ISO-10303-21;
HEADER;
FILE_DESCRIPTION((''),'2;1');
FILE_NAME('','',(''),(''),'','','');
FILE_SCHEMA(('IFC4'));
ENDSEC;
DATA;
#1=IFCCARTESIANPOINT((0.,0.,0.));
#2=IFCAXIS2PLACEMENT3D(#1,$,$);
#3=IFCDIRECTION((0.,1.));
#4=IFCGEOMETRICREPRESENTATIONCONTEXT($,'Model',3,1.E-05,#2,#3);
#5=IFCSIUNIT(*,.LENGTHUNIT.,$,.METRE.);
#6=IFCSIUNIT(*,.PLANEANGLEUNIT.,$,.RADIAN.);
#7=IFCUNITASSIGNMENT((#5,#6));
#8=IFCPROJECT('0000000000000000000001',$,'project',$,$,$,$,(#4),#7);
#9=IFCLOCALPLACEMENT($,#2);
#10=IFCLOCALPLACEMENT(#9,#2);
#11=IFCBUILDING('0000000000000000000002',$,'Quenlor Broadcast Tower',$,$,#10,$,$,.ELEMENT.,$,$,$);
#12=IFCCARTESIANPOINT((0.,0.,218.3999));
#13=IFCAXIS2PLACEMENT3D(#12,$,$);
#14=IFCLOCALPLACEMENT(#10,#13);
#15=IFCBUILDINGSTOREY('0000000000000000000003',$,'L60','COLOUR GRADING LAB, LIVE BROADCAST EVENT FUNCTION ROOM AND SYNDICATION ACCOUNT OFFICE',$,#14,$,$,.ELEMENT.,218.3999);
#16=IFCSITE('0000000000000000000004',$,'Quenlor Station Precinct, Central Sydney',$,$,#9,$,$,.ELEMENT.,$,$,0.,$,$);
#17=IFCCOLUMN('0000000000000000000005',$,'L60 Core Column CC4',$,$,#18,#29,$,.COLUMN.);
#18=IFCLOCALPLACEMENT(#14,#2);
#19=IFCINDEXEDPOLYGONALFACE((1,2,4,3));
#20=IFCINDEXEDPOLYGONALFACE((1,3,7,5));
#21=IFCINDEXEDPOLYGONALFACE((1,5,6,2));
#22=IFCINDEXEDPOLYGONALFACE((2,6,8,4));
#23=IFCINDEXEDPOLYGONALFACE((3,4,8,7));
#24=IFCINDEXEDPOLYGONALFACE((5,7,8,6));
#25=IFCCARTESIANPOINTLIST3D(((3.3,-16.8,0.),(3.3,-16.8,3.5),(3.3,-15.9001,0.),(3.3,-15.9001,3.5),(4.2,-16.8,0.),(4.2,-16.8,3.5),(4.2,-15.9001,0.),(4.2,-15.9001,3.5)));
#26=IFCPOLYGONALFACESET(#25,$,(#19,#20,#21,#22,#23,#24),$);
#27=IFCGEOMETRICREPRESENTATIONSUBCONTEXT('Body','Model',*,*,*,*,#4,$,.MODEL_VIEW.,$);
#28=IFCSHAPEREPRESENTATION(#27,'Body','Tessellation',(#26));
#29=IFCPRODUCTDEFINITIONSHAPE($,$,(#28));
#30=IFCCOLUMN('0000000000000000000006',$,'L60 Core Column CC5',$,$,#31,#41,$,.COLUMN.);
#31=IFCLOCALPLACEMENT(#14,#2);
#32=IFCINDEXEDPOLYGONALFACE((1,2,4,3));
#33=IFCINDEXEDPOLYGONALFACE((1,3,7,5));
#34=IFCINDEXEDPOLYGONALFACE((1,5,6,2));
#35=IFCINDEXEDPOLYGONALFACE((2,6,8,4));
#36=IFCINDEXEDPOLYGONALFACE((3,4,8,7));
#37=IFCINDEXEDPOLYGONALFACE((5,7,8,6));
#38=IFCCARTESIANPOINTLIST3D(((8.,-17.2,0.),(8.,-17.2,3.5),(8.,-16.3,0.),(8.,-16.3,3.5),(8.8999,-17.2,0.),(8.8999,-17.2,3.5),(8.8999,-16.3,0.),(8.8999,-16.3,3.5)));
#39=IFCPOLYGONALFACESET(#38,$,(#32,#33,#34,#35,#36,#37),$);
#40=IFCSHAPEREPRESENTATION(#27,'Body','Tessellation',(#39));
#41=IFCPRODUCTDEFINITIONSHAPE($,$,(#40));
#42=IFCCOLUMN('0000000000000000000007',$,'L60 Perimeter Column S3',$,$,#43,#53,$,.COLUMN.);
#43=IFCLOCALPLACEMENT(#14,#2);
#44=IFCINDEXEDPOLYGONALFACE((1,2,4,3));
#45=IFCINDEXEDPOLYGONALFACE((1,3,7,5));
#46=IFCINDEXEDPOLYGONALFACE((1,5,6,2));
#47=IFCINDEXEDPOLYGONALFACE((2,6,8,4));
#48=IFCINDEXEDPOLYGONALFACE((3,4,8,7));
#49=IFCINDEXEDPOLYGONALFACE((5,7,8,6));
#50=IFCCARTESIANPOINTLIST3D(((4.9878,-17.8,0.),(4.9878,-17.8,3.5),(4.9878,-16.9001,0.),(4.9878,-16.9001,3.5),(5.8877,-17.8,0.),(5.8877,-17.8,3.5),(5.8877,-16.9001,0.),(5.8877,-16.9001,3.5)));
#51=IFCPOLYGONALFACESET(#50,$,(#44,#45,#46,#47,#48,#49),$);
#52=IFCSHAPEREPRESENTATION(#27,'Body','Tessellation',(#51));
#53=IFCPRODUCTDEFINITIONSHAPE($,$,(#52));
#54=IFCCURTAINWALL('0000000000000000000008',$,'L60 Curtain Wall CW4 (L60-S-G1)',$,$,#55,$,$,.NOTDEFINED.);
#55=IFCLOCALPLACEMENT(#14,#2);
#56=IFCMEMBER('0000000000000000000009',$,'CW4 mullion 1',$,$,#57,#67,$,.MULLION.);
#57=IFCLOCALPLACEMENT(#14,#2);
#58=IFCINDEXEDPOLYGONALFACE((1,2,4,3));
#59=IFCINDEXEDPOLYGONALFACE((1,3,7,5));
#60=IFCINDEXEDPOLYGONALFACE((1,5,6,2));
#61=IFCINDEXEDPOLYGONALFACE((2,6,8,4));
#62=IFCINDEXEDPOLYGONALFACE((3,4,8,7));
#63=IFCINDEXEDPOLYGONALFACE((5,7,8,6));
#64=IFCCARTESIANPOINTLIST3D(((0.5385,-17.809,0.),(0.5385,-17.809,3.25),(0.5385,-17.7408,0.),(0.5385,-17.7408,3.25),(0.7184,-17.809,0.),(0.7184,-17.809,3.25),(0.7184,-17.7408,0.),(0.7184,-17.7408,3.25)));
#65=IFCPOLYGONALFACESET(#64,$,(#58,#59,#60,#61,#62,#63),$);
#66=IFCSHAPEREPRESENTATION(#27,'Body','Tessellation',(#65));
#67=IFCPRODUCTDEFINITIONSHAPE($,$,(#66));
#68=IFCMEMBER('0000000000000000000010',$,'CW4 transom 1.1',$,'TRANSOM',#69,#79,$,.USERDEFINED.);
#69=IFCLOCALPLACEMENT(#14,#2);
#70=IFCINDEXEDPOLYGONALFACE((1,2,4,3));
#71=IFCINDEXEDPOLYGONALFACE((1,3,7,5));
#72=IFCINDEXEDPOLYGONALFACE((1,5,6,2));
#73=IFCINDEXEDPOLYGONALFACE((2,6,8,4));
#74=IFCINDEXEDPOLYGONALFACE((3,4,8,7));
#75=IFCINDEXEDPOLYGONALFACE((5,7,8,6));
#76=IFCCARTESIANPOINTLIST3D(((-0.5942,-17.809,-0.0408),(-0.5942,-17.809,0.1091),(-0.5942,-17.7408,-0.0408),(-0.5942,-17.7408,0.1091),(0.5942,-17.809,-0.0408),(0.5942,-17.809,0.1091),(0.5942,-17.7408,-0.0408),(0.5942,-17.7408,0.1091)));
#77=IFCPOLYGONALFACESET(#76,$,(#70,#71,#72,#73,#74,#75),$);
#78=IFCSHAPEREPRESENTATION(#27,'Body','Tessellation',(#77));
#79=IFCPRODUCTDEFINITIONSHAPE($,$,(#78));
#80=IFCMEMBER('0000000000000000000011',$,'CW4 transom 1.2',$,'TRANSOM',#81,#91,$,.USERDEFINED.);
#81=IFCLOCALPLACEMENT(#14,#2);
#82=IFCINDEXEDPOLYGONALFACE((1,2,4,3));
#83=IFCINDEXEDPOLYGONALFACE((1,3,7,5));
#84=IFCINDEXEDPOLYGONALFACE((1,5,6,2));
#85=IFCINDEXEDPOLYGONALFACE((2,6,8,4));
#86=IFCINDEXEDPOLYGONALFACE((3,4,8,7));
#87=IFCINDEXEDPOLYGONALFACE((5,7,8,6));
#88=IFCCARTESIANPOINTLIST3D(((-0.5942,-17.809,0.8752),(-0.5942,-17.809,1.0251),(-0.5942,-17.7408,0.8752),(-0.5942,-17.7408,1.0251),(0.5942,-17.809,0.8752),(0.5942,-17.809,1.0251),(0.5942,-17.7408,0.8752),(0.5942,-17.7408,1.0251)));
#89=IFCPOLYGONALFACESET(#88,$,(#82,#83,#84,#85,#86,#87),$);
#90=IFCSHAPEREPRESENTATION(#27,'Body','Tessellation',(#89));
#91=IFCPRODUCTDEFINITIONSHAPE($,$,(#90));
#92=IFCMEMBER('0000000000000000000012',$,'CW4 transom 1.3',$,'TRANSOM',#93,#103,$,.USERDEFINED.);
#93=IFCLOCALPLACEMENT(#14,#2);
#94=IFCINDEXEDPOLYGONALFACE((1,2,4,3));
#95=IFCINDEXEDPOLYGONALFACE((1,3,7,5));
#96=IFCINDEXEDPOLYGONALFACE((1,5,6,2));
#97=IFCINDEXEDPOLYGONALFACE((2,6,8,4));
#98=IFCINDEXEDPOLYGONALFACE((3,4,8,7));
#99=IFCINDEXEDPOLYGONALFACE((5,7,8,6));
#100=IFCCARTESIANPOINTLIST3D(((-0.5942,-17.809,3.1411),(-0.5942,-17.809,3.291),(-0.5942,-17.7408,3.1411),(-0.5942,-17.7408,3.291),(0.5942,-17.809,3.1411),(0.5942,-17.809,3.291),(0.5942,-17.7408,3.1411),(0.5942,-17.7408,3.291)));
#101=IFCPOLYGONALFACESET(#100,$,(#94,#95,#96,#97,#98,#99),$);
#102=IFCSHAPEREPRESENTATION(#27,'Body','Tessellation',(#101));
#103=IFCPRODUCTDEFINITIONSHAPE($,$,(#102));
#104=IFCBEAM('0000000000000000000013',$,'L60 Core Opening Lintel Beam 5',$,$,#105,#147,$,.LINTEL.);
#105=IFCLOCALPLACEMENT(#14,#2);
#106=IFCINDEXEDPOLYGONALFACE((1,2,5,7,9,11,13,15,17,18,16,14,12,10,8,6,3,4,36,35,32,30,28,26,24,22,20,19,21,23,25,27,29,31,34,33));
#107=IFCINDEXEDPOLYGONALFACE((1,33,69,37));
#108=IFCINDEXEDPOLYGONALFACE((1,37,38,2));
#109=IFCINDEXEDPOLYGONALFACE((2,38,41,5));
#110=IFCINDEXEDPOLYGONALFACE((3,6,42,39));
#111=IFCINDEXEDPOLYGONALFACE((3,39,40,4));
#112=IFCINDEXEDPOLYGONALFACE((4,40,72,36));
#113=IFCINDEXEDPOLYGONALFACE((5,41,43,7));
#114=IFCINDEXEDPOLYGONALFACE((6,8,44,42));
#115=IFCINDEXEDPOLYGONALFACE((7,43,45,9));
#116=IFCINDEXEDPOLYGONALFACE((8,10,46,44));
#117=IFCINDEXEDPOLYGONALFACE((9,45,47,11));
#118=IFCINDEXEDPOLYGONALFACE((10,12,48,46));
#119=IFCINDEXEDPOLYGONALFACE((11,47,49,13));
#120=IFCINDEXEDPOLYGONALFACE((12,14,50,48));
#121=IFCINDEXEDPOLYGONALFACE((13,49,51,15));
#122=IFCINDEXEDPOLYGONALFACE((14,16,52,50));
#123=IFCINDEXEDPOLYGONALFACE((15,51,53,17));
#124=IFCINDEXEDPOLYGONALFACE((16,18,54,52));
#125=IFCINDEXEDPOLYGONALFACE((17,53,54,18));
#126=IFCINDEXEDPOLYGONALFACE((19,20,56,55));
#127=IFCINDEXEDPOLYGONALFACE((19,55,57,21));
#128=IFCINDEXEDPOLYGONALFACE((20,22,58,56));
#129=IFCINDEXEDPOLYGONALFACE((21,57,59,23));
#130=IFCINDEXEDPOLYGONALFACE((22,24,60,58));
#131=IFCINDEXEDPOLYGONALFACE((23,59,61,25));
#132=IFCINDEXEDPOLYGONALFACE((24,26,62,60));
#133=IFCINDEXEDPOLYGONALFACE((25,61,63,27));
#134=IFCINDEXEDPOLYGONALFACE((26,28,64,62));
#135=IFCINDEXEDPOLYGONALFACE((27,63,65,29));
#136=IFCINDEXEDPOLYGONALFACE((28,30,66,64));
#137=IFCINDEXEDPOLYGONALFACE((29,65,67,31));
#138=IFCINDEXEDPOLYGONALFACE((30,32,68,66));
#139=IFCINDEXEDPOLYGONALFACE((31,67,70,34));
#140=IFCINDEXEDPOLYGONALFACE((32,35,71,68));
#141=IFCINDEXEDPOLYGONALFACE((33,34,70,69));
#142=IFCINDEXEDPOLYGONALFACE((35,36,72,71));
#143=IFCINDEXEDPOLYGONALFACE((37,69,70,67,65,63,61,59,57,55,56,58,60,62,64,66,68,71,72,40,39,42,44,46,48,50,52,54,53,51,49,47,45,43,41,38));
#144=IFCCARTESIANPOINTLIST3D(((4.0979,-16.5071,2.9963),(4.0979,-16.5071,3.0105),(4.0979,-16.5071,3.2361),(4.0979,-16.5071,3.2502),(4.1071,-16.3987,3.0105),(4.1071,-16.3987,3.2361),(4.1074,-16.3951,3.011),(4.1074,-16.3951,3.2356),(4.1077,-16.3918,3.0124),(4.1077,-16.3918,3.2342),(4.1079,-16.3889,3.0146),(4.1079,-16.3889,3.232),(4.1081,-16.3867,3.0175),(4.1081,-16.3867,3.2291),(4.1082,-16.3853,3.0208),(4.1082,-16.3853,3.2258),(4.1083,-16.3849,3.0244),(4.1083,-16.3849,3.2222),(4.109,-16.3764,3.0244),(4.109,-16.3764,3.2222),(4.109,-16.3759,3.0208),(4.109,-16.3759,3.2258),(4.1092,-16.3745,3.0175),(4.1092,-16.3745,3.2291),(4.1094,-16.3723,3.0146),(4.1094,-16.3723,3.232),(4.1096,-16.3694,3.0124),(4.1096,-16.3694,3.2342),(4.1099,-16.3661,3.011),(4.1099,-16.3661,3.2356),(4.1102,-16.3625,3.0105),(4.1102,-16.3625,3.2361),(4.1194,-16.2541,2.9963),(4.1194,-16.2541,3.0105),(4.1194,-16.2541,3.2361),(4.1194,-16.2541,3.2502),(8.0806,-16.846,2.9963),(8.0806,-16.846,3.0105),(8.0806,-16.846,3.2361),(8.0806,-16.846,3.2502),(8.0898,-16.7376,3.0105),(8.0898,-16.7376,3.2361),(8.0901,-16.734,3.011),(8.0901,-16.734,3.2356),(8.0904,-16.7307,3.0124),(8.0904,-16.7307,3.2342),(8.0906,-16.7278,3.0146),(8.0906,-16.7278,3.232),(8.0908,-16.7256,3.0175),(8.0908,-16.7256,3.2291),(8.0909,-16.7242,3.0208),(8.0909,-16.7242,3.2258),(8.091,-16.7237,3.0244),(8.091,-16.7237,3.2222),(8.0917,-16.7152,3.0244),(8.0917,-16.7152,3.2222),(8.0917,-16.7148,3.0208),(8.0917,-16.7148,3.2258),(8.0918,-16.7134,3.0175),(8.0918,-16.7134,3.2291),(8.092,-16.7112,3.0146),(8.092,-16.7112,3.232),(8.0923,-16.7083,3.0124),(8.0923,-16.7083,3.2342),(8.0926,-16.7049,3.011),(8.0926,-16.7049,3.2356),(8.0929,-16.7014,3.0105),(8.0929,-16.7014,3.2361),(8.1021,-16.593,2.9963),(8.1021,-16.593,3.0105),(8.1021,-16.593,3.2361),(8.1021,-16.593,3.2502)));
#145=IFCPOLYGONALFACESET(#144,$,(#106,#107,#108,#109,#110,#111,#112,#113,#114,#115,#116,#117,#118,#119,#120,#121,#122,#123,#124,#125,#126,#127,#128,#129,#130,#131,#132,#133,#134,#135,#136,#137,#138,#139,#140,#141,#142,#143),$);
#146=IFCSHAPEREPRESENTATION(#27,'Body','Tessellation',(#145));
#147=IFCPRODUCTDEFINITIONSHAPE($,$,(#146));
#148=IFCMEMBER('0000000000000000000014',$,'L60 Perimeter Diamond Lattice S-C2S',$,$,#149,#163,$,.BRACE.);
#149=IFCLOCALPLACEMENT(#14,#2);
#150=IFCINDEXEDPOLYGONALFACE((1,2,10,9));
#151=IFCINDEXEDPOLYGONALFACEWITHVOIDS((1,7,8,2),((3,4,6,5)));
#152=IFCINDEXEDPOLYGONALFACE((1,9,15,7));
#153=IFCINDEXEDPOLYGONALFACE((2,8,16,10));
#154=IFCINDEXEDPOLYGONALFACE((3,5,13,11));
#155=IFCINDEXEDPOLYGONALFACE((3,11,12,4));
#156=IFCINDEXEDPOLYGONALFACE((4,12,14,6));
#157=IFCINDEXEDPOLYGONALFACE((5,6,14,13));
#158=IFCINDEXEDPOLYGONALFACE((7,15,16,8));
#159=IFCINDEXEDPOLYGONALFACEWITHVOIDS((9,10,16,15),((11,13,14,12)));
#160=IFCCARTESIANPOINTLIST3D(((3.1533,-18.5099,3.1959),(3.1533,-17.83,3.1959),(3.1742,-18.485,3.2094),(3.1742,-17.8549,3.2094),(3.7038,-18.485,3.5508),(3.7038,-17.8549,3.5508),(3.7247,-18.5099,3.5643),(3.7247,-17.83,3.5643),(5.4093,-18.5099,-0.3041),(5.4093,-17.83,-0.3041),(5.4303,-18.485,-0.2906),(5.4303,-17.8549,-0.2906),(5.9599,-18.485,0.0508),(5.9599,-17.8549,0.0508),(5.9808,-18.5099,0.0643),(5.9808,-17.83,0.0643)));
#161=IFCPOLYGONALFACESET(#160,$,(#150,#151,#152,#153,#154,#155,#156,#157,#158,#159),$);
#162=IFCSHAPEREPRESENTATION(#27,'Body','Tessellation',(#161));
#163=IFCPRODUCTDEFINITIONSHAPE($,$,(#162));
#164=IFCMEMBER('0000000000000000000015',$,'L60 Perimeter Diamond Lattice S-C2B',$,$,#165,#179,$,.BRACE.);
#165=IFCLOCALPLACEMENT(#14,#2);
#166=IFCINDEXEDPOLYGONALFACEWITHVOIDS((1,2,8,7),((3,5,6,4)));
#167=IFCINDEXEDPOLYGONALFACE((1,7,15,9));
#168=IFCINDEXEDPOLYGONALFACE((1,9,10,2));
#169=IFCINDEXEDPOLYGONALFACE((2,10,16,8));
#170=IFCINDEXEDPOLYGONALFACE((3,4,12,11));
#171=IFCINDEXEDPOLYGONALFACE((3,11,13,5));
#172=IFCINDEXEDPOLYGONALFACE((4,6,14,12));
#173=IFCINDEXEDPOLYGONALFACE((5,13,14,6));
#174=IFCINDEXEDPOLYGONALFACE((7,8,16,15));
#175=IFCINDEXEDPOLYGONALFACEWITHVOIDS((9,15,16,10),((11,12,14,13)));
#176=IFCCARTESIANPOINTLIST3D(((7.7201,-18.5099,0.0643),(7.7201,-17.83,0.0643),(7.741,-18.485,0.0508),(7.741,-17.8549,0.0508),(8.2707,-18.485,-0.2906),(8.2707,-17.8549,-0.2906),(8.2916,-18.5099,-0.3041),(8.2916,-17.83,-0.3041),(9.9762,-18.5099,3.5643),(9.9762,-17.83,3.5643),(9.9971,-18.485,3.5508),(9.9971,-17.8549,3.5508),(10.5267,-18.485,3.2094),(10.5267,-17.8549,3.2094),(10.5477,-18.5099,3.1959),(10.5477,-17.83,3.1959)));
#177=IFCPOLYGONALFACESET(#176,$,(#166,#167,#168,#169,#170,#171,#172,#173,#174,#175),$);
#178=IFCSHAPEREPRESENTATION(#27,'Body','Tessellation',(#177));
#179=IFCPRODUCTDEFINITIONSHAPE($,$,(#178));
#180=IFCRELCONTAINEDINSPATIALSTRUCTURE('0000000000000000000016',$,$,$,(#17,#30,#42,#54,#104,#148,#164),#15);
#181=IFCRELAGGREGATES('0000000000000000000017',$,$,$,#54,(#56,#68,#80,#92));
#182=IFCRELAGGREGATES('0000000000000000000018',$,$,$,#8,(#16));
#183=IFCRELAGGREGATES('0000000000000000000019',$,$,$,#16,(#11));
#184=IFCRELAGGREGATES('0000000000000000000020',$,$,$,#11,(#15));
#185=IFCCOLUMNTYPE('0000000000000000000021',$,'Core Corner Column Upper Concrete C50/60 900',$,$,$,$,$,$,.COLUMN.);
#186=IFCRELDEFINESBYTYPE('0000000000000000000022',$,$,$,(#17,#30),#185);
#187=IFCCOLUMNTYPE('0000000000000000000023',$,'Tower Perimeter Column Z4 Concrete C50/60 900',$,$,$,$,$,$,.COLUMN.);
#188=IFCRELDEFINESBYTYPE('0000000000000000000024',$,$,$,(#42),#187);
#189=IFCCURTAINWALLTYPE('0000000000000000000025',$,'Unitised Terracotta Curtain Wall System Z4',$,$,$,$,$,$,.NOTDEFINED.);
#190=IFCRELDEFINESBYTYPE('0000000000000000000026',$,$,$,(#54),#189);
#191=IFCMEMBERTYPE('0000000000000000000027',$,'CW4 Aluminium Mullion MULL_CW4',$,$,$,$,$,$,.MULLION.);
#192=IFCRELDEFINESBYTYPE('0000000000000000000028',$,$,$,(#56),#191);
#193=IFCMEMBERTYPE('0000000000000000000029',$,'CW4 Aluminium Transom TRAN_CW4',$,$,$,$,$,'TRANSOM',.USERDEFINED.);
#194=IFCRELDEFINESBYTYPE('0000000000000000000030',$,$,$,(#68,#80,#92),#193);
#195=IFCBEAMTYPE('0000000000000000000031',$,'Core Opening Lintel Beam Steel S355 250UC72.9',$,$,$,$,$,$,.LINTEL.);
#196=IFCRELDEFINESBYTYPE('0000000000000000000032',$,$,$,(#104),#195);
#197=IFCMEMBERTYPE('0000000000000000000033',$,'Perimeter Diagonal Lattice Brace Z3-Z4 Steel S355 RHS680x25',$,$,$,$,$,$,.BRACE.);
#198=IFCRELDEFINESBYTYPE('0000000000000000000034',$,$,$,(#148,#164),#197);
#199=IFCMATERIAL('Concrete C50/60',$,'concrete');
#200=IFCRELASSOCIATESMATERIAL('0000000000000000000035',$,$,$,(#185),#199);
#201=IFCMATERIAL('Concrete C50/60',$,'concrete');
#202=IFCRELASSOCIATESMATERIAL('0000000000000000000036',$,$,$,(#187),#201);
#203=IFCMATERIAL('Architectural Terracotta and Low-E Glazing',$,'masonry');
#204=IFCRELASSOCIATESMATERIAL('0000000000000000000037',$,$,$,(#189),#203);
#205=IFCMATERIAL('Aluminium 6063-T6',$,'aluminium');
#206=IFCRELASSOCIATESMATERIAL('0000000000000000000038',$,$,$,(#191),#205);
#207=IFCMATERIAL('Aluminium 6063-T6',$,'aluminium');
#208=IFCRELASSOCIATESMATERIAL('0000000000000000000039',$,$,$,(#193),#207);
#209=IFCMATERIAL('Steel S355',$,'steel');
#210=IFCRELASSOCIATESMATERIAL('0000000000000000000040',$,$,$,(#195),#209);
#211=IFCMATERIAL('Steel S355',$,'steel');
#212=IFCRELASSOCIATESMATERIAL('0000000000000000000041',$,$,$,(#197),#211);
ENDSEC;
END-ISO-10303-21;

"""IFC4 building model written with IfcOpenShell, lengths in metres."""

from ifc_helpers import new_model, si_unit, direction, frame, origin, origin_2d, place, context, subcontext, project, spatial, rectangle, hollow_rectangle, i_section, extrude, material, material_profile, profile_set, type_object, element, aggregate, save


model = new_model("IFC4")

# Units and contexts
model_context = context("Model", 3, precision=1e-05, world=origin(), true_north=direction((0.0, 1.0)))
body_context = subcontext(model_context, "Body", "Model", "MODEL_VIEW")
ifc_project = project(units=[si_unit("LENGTHUNIT", "METRE"), si_unit("PLANEANGLEUNIT", "RADIAN")], contexts=[model_context])

# Site, building, storey
site_placement = place(None, origin())
site = spatial("IfcSite", under=ifc_project, at=site_placement, Name="Quenlor Station Precinct, Central Sydney", CompositionType="ELEMENT", RefElevation=0.0)
building_placement = place(site_placement, origin())
building = spatial("IfcBuilding", under=site, at=building_placement, Name="Quenlor Broadcast Tower", CompositionType="ELEMENT")
storey_placement = place(building_placement, frame((0.0, 0.0, 218.3999)))
storey = spatial("IfcBuildingStorey", under=building, at=storey_placement, Name="L60", Description="COLOUR GRADING LAB, LIVE BROADCAST EVENT FUNCTION ROOM AND SYNDICATION ACCOUNT OFFICE", CompositionType="ELEMENT", Elevation=218.3999)

# Columns
ifc_material_1 = material(Name="Concrete C50/60", Category="concrete")
ifc_material_profile_1 = material_profile(ifc_material_1, rectangle(XDim=0.8999, YDim=0.8999, at=origin_2d()))
ifc_profile_set_1 = profile_set([ifc_material_profile_1], Name="Concrete C50/60 RC900x900")
column_type_1 = type_object("IfcColumnType", Name="Core Corner Column Upper Concrete C50/60 900", PredefinedType="COLUMN", material=ifc_profile_set_1)
for number, where, z_axis, x_axis, name in (
    (1, (3.75, -16.3501, 0.0), (0.0, 0.0, 1.0), (1.0, 0.0, 0.0), "L60 Core Column CC4"),
    (2, (8.45, -16.75, 0.0), (0.0, 0.0, 1.0), (1.0, 0.0, 0.0), "L60 Core Column CC5"),
):
    element("IfcColumn", number, at=place(storey_placement, frame(where, z_axis=z_axis, x_axis=x_axis)), inside=storey, type_object=column_type_1, Name=name, PredefinedType="COLUMN", context=body_context, shape_type="SweptSolid", body=[
        extrude(rectangle(XDim=0.8999, YDim=0.8999, at=origin_2d()), origin(), (0.0, 0.0, 1.0), 3.5),
    ])
ifc_material_2 = material(Name="Concrete C50/60", Category="concrete")
ifc_material_profile_2 = material_profile(ifc_material_2, rectangle(XDim=0.8999, YDim=0.8999, at=origin_2d()))
ifc_profile_set_2 = profile_set([ifc_material_profile_2], Name="Concrete C50/60 RC900x900")
column_type_2 = type_object("IfcColumnType", Name="Tower Perimeter Column Z4 Concrete C50/60 900", PredefinedType="COLUMN", material=ifc_profile_set_2)
column_placement = place(storey_placement, frame((5.4377, -17.3501, 0.0), z_axis=(0.0, 0.0, 1.0), x_axis=(0.0, 1.0, 0.0)))
element("IfcColumn", 3, at=column_placement, inside=storey, type_object=column_type_2, Name="L60 Perimeter Column S3", PredefinedType="COLUMN", context=body_context, shape_type="SweptSolid", body=[
    extrude(rectangle(XDim=0.8999, YDim=0.8999, at=origin_2d()), origin(), (0.0, 0.0, 1.0), 3.5),
])

# Curtain wall, members
ifc_material_3 = material(Name="Architectural Terracotta and Low-E Glazing", Category="masonry")
curtain_wall_type = type_object("IfcCurtainWallType", Name="Unitised Terracotta Curtain Wall System Z4", PredefinedType="NOTDEFINED", material=ifc_material_3)
curtain_wall_placement = place(storey_placement, origin())
curtain_wall = element("IfcCurtainWall", 4, at=curtain_wall_placement, inside=storey, type_object=curtain_wall_type, Name="L60 Curtain Wall CW4 (L60-S-G1)", PredefinedType="NOTDEFINED")
ifc_material_4 = material(Name="Aluminium 6063-T6", Category="aluminium")
ifc_material_profile_3 = material_profile(ifc_material_4, rectangle(XDim=0.0681, YDim=0.1799, at=origin_2d()))
ifc_profile_set_3 = profile_set([ifc_material_profile_3], Name="Aluminium 6063-T6 MULL68x180")
member_type_1 = type_object("IfcMemberType", Name="CW4 Aluminium Mullion MULL_CW4", PredefinedType="MULLION", material=ifc_profile_set_3)
member_1_placement = place(storey_placement, frame((0.6284, -17.7749, 0.0), z_axis=(0.0, 0.0, 1.0), x_axis=(0.0, -1.0, 0.0)))
member_1 = element("IfcMember", 5, at=member_1_placement, type_object=member_type_1, Name="CW4 mullion 1", PredefinedType="MULLION", context=body_context, shape_type="SweptSolid", body=[
    extrude(rectangle(XDim=0.0681, YDim=0.1799, at=origin_2d()), origin(), (0.0, 0.0, 1.0), 3.25),
])
ifc_material_5 = material(Name="Aluminium 6063-T6", Category="aluminium")
ifc_material_profile_4 = material_profile(ifc_material_5, rectangle(XDim=0.0681, YDim=0.1499, at=origin_2d()))
ifc_profile_set_4 = profile_set([ifc_material_profile_4], Name="Aluminium 6063-T6 TRAN68x150")
member_type_2 = type_object("IfcMemberType", Name="CW4 Aluminium Transom TRAN_CW4", ElementType="TRANSOM", PredefinedType="USERDEFINED", material=ifc_profile_set_4)
member_2_placement = place(storey_placement, frame((0.5942, -17.7749, 0.0342), z_axis=(-1.0, 0.0, 0.0), x_axis=(0.0, -1.0, 0.0)))
member_2 = element("IfcMember", 6, at=member_2_placement, type_object=member_type_2, Name="CW4 transom 1.1", ObjectType="TRANSOM", PredefinedType="USERDEFINED", context=body_context, shape_type="SweptSolid", body=[
    extrude(rectangle(XDim=0.0681, YDim=0.1499, at=origin_2d()), origin(), (0.0, 0.0, 1.0), 1.1885),
])
member_3_placement = place(storey_placement, frame((0.5942, -17.7749, 0.9502), z_axis=(-1.0, 0.0, 0.0), x_axis=(0.0, -1.0, 0.0)))
member_3 = element("IfcMember", 7, at=member_3_placement, type_object=member_type_2, Name="CW4 transom 1.2", ObjectType="TRANSOM", PredefinedType="USERDEFINED", context=body_context, shape_type="SweptSolid", body=[
    extrude(rectangle(XDim=0.0681, YDim=0.1499, at=origin_2d()), origin(), (0.0, 0.0, 1.0), 1.1885),
])
member_4_placement = place(storey_placement, frame((0.5942, -17.7749, 3.2161), z_axis=(-1.0, 0.0, 0.0), x_axis=(0.0, -1.0, 0.0)))
member_4 = element("IfcMember", 8, at=member_4_placement, type_object=member_type_2, Name="CW4 transom 1.3", ObjectType="TRANSOM", PredefinedType="USERDEFINED", context=body_context, shape_type="SweptSolid", body=[
    extrude(rectangle(XDim=0.0681, YDim=0.1499, at=origin_2d()), origin(), (0.0, 0.0, 1.0), 1.1885),
])
aggregate(curtain_wall, [member_1, member_2, member_3, member_4])

# Beam
ifc_material_6 = material(Name="Steel S355", Category="steel")
ifc_material_profile_5 = material_profile(ifc_material_6, i_section(OverallWidth=0.2539, OverallDepth=0.2539, WebThickness=0.0085, FlangeThickness=0.0142, FilletRadius=0.0139, at=origin_2d()))
ifc_profile_set_5 = profile_set([ifc_material_profile_5], Name="Steel S355 250UC72.9")
beam_type_1 = type_object("IfcBeamType", Name="Core Opening Lintel Beam Steel S355 250UC72.9", PredefinedType="LINTEL", material=ifc_profile_set_5)
beam_1_placement = place(storey_placement, frame((4.1086, -16.3806, 3.1233), z_axis=(0.9964, -0.084779, 0.0), x_axis=(0.084779, 0.9964, 0.0)))
element("IfcBeam", 9, at=beam_1_placement, inside=storey, type_object=beam_type_1, Name="L60 Core Opening Lintel Beam 5", PredefinedType="LINTEL", context=body_context, shape_type="SweptSolid", body=[
    extrude(i_section(OverallWidth=0.2539, OverallDepth=0.2539, WebThickness=0.0085, FlangeThickness=0.0142, FilletRadius=0.0139, at=origin_2d()), origin(), (0.0, 0.0, 1.0), 3.9971),
])

# Members
ifc_material_7 = material(Name="Steel S355", Category="steel")
ifc_material_profile_6 = material_profile(ifc_material_7, hollow_rectangle(XDim=0.6799, YDim=0.6799, WallThickness=0.0249, at=origin_2d()))
ifc_profile_set_6 = profile_set([ifc_material_profile_6], Name="Steel S355 RHS680x680x25")
member_type_3 = type_object("IfcMemberType", Name="Perimeter Diagonal Lattice Brace Z3-Z4 Steel S355 RHS680x25", PredefinedType="BRACE", material=ifc_profile_set_6)
for number, where, z_axis, x_axis, name in (
    (10, (5.6951, -18.1699, -0.1199), (-0.541794, 0.0, 0.840511), (0.0, -1.0, 0.0), "L60 Perimeter Diamond Lattice S-C2S"),
    (11, (8.0059, -18.1699, -0.1199), (0.541794, 0.0, 0.840511), (0.0, 1.0, 0.0), "L60 Perimeter Diamond Lattice S-C2B"),
):
    element("IfcMember", number, at=place(storey_placement, frame(where, z_axis=z_axis, x_axis=x_axis)), inside=storey, type_object=member_type_3, Name=name, PredefinedType="BRACE", context=body_context, shape_type="SweptSolid", body=[
        extrude(hollow_rectangle(XDim=0.6799, YDim=0.6799, WallThickness=0.0249, at=origin_2d()), origin(), (0.0, 0.0, 1.0), 4.1641),
    ])

save(model, "model.ifc")
